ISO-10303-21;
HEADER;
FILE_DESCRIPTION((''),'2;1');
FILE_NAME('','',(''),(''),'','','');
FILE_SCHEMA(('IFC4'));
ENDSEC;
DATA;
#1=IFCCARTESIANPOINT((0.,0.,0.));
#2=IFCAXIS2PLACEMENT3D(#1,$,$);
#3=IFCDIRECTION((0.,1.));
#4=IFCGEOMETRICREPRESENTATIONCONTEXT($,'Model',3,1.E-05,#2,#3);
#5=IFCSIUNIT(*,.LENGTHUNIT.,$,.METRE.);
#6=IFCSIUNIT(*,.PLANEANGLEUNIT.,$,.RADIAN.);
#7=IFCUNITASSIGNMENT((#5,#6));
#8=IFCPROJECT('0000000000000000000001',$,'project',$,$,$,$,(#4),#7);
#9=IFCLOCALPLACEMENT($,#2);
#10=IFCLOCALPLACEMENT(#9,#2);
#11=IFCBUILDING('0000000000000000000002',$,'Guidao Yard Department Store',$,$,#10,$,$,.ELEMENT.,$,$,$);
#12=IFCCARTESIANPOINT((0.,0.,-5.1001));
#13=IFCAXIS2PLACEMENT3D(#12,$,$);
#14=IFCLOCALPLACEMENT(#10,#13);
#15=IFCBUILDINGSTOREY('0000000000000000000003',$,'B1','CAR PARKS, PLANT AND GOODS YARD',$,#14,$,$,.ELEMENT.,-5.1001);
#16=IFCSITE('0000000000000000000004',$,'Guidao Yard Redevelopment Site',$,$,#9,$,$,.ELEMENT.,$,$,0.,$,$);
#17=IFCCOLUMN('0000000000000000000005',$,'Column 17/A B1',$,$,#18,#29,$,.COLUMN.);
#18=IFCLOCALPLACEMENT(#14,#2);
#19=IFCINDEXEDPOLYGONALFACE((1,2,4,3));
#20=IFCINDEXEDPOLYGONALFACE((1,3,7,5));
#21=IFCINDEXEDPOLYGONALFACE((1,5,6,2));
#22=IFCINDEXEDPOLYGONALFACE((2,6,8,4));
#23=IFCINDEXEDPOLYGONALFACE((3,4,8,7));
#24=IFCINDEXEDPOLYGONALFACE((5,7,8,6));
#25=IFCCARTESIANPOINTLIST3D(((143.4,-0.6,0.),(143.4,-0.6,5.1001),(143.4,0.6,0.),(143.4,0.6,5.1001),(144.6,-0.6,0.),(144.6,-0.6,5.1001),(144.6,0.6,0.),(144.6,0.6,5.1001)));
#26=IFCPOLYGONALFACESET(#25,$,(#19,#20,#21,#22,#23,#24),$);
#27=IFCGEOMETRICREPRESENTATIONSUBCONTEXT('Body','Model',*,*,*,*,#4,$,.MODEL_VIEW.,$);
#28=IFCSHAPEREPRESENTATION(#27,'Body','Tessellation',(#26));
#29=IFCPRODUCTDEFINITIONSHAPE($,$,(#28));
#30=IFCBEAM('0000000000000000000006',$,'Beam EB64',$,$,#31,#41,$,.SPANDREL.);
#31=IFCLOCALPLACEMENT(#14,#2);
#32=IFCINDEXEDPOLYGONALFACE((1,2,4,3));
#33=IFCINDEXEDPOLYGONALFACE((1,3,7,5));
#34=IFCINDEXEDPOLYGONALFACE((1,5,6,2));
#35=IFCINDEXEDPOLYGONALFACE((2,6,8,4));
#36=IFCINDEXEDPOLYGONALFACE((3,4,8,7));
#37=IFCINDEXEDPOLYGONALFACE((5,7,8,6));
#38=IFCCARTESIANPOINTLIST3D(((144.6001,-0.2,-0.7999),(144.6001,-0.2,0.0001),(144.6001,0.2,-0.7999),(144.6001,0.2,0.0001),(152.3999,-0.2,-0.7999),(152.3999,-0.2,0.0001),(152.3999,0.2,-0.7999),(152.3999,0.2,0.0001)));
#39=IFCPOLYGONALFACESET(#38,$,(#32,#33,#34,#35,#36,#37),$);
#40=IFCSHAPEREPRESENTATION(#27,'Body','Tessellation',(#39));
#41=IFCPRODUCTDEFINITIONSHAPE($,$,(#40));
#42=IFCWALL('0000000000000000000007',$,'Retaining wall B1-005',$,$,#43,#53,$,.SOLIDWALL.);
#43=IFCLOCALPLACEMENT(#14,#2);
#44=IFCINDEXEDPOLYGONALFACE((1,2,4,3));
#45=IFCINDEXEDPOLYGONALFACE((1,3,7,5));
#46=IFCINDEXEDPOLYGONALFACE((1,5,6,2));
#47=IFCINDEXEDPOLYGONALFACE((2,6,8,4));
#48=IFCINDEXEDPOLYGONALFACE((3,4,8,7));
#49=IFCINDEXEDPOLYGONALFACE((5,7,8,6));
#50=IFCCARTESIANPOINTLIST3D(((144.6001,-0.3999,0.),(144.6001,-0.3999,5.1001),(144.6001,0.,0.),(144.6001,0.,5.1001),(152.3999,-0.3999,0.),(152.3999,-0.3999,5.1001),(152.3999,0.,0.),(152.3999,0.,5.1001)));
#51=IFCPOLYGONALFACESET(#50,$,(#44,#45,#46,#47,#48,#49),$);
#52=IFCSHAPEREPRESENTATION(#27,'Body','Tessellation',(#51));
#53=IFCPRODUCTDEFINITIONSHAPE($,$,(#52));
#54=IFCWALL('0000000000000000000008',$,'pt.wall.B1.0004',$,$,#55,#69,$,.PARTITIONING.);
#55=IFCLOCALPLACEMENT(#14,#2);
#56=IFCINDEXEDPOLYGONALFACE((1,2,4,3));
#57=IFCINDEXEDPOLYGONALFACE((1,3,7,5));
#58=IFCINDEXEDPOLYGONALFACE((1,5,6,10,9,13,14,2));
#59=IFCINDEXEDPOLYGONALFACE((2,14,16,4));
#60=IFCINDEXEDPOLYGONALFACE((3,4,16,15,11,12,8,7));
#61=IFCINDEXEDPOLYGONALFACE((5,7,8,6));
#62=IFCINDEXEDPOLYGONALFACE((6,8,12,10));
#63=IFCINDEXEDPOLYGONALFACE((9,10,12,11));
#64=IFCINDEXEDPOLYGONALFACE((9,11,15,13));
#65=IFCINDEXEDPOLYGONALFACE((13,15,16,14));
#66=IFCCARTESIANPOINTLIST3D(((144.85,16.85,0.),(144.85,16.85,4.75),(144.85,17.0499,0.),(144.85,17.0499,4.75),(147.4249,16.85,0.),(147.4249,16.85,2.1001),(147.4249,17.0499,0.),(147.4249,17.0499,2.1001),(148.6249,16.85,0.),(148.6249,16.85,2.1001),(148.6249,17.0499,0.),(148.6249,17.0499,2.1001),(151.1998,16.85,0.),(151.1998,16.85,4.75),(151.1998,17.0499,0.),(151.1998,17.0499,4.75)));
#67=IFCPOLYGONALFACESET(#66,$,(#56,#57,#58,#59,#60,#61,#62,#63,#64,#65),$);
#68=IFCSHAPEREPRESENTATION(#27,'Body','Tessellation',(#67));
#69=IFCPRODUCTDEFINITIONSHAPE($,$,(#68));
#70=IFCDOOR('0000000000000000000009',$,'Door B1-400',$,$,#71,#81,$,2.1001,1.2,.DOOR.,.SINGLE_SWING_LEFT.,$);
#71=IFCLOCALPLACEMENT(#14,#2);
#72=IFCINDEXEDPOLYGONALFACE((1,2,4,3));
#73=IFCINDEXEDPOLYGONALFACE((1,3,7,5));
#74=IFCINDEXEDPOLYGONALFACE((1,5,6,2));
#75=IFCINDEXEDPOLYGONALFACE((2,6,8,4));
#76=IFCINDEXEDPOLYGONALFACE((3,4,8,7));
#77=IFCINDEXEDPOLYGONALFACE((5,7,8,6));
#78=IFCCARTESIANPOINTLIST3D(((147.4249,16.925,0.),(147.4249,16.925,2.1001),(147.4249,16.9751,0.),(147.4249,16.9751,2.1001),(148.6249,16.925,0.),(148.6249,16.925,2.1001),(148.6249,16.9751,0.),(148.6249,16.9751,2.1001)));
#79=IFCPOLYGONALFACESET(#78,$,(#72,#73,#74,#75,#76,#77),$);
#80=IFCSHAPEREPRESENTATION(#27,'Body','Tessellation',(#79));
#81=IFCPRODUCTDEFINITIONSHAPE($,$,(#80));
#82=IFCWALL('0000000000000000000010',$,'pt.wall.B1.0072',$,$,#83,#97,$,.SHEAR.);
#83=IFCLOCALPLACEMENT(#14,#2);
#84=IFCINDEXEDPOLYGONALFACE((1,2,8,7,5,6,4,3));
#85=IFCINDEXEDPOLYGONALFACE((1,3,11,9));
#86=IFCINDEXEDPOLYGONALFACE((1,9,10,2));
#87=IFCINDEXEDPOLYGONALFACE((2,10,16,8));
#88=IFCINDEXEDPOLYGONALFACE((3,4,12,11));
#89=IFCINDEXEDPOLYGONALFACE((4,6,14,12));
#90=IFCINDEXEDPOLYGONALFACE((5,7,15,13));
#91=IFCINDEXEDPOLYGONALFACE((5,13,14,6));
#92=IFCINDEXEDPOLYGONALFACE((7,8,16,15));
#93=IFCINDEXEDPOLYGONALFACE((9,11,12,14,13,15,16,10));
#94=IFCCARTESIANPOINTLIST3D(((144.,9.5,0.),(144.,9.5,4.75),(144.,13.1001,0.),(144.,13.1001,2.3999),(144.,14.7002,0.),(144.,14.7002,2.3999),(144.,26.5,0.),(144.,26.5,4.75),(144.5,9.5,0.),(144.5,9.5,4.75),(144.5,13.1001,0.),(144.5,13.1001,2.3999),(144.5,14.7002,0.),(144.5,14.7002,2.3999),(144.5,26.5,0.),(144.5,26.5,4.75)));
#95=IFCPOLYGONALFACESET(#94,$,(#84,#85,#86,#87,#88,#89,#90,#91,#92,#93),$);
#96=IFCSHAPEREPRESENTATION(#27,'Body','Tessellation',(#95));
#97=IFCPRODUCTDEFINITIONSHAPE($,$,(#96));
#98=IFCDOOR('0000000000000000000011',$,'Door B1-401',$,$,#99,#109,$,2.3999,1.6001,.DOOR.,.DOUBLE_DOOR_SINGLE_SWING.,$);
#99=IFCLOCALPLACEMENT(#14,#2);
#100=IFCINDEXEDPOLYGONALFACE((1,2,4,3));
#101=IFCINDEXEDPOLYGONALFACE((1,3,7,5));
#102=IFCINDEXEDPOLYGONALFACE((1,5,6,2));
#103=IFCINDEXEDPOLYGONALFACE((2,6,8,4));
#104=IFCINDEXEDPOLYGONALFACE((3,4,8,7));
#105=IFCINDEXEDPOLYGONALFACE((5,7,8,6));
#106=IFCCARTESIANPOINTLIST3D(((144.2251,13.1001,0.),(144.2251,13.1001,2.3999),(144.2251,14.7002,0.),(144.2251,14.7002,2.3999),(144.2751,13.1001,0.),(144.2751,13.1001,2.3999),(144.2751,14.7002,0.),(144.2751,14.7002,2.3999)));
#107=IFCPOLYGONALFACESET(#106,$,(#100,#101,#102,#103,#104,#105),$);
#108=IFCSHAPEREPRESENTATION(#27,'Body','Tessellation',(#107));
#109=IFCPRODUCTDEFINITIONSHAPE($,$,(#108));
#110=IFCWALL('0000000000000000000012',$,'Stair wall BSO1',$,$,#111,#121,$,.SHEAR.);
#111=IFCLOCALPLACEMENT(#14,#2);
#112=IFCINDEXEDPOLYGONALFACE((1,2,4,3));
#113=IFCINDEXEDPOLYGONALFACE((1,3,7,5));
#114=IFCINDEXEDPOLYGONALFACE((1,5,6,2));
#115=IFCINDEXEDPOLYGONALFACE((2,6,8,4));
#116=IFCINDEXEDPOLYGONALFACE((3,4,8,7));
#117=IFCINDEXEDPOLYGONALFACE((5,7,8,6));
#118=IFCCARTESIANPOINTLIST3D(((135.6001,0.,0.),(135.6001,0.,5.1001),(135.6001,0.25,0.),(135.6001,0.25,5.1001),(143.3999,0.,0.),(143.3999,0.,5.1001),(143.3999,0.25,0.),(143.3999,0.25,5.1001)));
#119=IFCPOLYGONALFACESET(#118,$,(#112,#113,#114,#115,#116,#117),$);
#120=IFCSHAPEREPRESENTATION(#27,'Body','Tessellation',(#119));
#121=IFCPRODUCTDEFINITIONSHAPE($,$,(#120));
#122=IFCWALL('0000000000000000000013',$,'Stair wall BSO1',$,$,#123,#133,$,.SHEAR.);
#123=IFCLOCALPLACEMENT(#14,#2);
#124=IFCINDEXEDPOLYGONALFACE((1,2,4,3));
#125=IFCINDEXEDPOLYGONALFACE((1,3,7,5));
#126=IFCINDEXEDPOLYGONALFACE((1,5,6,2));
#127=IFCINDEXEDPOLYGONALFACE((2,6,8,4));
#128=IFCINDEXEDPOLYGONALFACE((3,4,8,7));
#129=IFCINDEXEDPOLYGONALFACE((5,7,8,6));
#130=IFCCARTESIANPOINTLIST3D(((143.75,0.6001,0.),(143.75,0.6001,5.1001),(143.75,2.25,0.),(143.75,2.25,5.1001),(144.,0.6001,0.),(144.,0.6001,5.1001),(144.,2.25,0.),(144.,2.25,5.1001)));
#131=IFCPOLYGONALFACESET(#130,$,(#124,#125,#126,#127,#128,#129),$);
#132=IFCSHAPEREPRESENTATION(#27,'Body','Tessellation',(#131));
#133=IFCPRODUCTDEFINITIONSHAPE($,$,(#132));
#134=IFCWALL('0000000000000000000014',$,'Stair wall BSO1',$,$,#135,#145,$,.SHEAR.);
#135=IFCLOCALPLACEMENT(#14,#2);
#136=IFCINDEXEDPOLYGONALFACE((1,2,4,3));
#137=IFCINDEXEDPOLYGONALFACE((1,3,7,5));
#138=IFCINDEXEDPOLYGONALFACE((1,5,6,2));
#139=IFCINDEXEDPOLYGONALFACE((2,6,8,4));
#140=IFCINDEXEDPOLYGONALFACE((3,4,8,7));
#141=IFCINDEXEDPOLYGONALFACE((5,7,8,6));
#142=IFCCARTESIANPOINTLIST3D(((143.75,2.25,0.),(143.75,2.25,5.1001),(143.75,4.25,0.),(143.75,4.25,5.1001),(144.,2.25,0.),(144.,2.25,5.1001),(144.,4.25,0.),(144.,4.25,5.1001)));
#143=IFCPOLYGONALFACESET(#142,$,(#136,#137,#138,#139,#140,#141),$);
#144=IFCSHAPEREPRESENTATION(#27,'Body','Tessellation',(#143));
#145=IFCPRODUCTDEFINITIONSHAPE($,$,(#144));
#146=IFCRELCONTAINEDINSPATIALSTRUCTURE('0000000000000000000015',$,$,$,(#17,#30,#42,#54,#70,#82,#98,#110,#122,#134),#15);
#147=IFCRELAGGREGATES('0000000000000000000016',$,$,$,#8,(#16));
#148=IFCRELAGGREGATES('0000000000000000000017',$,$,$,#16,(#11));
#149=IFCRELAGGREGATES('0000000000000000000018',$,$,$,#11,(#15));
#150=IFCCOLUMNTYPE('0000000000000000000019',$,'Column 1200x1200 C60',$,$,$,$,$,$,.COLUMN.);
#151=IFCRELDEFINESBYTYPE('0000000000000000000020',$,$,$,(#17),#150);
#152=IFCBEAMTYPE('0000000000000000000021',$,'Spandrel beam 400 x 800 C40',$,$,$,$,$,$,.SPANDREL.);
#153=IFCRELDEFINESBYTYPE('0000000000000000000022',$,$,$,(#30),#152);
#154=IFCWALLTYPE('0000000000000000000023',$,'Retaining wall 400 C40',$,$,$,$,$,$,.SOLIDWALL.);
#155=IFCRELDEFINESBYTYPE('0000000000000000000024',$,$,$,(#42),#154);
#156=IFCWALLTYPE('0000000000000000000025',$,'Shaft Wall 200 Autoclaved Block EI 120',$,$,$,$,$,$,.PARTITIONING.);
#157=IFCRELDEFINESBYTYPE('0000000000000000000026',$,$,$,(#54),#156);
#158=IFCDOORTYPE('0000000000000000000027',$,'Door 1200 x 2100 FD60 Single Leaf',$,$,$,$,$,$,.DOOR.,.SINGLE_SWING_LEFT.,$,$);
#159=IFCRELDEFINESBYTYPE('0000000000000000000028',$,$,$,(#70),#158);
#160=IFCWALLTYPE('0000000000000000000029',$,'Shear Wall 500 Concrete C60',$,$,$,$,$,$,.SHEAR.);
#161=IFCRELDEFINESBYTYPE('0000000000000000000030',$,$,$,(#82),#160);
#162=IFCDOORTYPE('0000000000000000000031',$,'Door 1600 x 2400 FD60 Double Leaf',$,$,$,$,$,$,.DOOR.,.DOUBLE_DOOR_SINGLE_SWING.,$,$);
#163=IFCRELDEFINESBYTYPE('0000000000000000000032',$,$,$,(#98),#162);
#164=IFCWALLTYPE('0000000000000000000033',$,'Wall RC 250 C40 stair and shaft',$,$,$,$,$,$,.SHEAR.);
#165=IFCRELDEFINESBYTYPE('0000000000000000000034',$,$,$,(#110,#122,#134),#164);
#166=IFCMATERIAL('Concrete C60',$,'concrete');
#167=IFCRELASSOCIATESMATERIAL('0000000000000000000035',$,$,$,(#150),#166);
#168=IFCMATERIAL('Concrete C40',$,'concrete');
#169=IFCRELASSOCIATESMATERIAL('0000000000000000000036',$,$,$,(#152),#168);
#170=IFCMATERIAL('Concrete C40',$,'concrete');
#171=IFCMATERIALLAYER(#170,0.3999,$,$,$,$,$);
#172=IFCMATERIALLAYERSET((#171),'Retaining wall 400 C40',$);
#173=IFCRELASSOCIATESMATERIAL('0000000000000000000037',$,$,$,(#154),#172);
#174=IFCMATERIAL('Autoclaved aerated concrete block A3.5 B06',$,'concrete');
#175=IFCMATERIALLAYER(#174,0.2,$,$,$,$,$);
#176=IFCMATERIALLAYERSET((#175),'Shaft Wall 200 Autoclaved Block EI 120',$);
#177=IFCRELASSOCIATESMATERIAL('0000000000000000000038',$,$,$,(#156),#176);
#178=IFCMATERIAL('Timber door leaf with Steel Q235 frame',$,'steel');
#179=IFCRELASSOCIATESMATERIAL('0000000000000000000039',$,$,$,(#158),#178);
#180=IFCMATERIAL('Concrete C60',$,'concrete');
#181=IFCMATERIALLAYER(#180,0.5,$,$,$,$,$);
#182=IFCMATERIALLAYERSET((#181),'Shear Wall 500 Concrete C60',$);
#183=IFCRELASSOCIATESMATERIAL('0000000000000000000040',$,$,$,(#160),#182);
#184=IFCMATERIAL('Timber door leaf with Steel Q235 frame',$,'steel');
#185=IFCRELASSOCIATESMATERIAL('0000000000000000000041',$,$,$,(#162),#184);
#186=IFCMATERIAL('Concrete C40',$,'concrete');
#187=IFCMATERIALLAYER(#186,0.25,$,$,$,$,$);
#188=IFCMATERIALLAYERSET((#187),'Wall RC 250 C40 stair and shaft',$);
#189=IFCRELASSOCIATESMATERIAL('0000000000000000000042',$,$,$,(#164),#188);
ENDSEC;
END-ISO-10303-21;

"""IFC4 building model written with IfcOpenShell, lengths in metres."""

from ifc_helpers import new_model, si_unit, direction, frame, frame_2d, origin, origin_2d, place, context, subcontext, project, spatial, rectangle, extrude, material, layer, layer_set, material_profile, profile_set, type_object, element, fill, save


model = new_model("IFC4")

# Units and contexts
model_context = context("Model", 3, precision=1e-05, world=origin(), true_north=direction((0.0, 1.0)))
body_context = subcontext(model_context, "Body", "Model", "MODEL_VIEW")
ifc_project = project(units=[si_unit("LENGTHUNIT", "METRE"), si_unit("PLANEANGLEUNIT", "RADIAN")], contexts=[model_context])

# Site, building, storey
site_placement = place(None, origin())
site = spatial("IfcSite", under=ifc_project, at=site_placement, Name="Guidao Yard Redevelopment Site", CompositionType="ELEMENT", RefElevation=0.0)
building_placement = place(site_placement, origin())
building = spatial("IfcBuilding", under=site, at=building_placement, Name="Guidao Yard Department Store", CompositionType="ELEMENT")
storey_placement = place(building_placement, frame((0.0, 0.0, -5.1001)))
storey = spatial("IfcBuildingStorey", under=building, at=storey_placement, Name="B1", Description="CAR PARKS, PLANT AND GOODS YARD", CompositionType="ELEMENT", Elevation=-5.1001)

# Column
ifc_material_1 = material(Name="Concrete C60", Category="concrete")
ifc_material_profile_1 = material_profile(ifc_material_1, rectangle(XDim=1.2, YDim=1.2, at=origin_2d()), Name="COL 1200x1200")
ifc_profile_set_1 = profile_set([ifc_material_profile_1], Name="Concrete C60")
column_type = type_object("IfcColumnType", Name="Column 1200x1200 C60", PredefinedType="COLUMN", material=ifc_profile_set_1)
column_placement = place(storey_placement, frame((144.0, 0.0, 0.0), z_axis=(0.0, 0.0, 1.0), x_axis=(1.0, 0.0, 0.0)))
element("IfcColumn", 1, at=column_placement, inside=storey, type_object=column_type, Name="Column 17/A B1", PredefinedType="COLUMN", context=body_context, shape_type="SweptSolid", body=[
    extrude(rectangle(XDim=1.2, YDim=1.2, at=origin_2d()), origin(), (0.0, 0.0, 1.0), 5.1001),
])

# Beam
ifc_material_2 = material(Name="Concrete C40", Category="concrete")
ifc_material_profile_2 = material_profile(ifc_material_2, rectangle(XDim=0.3999, YDim=0.8, at=origin_2d()), Name="Spandrel beam 400 x 800 C40")
ifc_profile_set_2 = profile_set([ifc_material_profile_2], Name="Concrete C40")
beam_type = type_object("IfcBeamType", Name="Spandrel beam 400 x 800 C40", PredefinedType="SPANDREL", material=ifc_profile_set_2)
beam_placement = place(storey_placement, frame((144.6001, 0.0, -0.3999), z_axis=(1.0, 0.0, 0.0), x_axis=(0.0, 1.0, 0.0)))
element("IfcBeam", 2, at=beam_placement, inside=storey, type_object=beam_type, Name="Beam EB64", PredefinedType="SPANDREL", context=body_context, shape_type="SweptSolid", body=[
    extrude(rectangle(XDim=0.3999, YDim=0.8, at=origin_2d()), origin(), (0.0, 0.0, 1.0), 7.7998),
])

# Wall
ifc_material_3 = material(Name="Concrete C40", Category="concrete")
ifc_layer_1 = layer(ifc_material_3, 0.3999)
ifc_layer_set_1 = layer_set([ifc_layer_1], Name="Retaining wall 400 C40")
wall_type_1 = type_object("IfcWallType", Name="Retaining wall 400 C40", PredefinedType="SOLIDWALL", material=ifc_layer_set_1)
wall_1_placement = place(storey_placement, frame((144.6001, -0.2, 0.0), z_axis=(0.0, 0.0, 1.0), x_axis=(1.0, 0.0, 0.0)))
element("IfcWall", 3, at=wall_1_placement, inside=storey, type_object=wall_type_1, Name="Retaining wall B1-005", PredefinedType="SOLIDWALL", context=body_context, shape_type="SweptSolid", body=[
    extrude(rectangle(XDim=7.7998, YDim=0.3999, at=frame_2d((3.8999, 0.0))), origin(), (0.0, 0.0, 1.0), 5.1001),
])

# Walls, openings, doors
ifc_material_4 = material(Name="Autoclaved aerated concrete block A3.5 B06", Category="concrete")
ifc_layer_2 = layer(ifc_material_4, 0.2)
ifc_layer_set_2 = layer_set([ifc_layer_2], Name="Shaft Wall 200 Autoclaved Block EI 120")
wall_type_2 = type_object("IfcWallType", Name="Shaft Wall 200 Autoclaved Block EI 120", PredefinedType="PARTITIONING", material=ifc_layer_set_2)
wall_2_placement = place(storey_placement, frame((144.8501, 16.95, 0.0), z_axis=(0.0, 0.0, 1.0), x_axis=(1.0, 0.0, 0.0)))
wall_2 = element("IfcWall", 4, at=wall_2_placement, inside=storey, type_object=wall_type_2, Name="pt.wall.B1.0004", PredefinedType="PARTITIONING", context=body_context, shape_type="SweptSolid", body=[
    extrude(rectangle(XDim=6.3499, YDim=0.2, at=frame_2d((3.1748, 0.0))), origin(), (0.0, 0.0, 1.0), 4.75),
])
opening_1_placement = place(wall_2_placement, frame((3.7749, 0.0, 0.0), z_axis=(0.0, 0.0, 1.0), x_axis=(-1.0, 0.0, 0.0)))
opening_1 = element("IfcOpeningElement", 5, at=opening_1_placement, cuts=wall_2, PredefinedType="OPENING", context=body_context, shape_type="SweptSolid", body=[
    extrude(rectangle(XDim=1.2, YDim=2.1001, at=frame_2d((0.6001, 1.05))), frame((0.0, 0.1099, 0.0), z_axis=(0.0, -1.0, 0.0), x_axis=(1.0, 0.0, 0.0)), (0.0, 0.0, 1.0), 0.22),
])
ifc_material_5 = material(Name="Timber door leaf with Steel Q235 frame", Category="steel")
door_type_1 = type_object("IfcDoorType", Name="Door 1200 x 2100 FD60 Single Leaf", OperationType="SINGLE_SWING_LEFT", PredefinedType="DOOR", material=ifc_material_5)
door_1_placement = place(opening_1_placement, origin())
door_1 = element("IfcDoor", 6, at=door_1_placement, inside=storey, type_object=door_type_1, Name="Door B1-400", OperationType="SINGLE_SWING_LEFT", OverallHeight=2.1001, OverallWidth=1.2, PredefinedType="DOOR", context=body_context, shape_type="SweptSolid", body=[
    extrude(rectangle(XDim=1.2, YDim=2.1001, at=frame_2d((0.6001, 1.05))), frame((0.0, 0.0249, 0.0), z_axis=(0.0, -1.0, 0.0), x_axis=(1.0, 0.0, 0.0)), (0.0, 0.0, 1.0), 0.05),
])
fill(opening_1, door_1)
ifc_material_6 = material(Name="Concrete C60", Category="concrete")
ifc_layer_3 = layer(ifc_material_6, 0.5)
ifc_layer_set_3 = layer_set([ifc_layer_3], Name="Shear Wall 500 Concrete C60")
wall_type_3 = type_object("IfcWallType", Name="Shear Wall 500 Concrete C60", PredefinedType="SHEAR", material=ifc_layer_set_3)
wall_3_placement = place(storey_placement, frame((144.25, 9.5, 0.0), z_axis=(0.0, 0.0, 1.0), x_axis=(0.0, 1.0, 0.0)))
wall_3 = element("IfcWall", 7, at=wall_3_placement, inside=storey, type_object=wall_type_3, Name="pt.wall.B1.0072", PredefinedType="SHEAR", context=body_context, shape_type="SweptSolid", body=[
    extrude(rectangle(XDim=17.0, YDim=0.5, at=frame_2d((8.5, 0.0))), origin(), (0.0, 0.0, 1.0), 4.75),
])
opening_2_placement = place(wall_3_placement, frame((3.6001, 0.0, 0.0)))
opening_2 = element("IfcOpeningElement", 8, at=opening_2_placement, cuts=wall_3, PredefinedType="OPENING", context=body_context, shape_type="SweptSolid", body=[
    extrude(rectangle(XDim=1.6001, YDim=2.3999, at=frame_2d((0.8, 1.2))), frame((0.0, 0.26, 0.0), z_axis=(0.0, -1.0, 0.0), x_axis=(1.0, 0.0, 0.0)), (0.0, 0.0, 1.0), 0.52),
])
ifc_material_7 = material(Name="Timber door leaf with Steel Q235 frame", Category="steel")
door_type_2 = type_object("IfcDoorType", Name="Door 1600 x 2400 FD60 Double Leaf", OperationType="DOUBLE_DOOR_SINGLE_SWING", PredefinedType="DOOR", material=ifc_material_7)
door_2_placement = place(opening_2_placement, origin())
door_2 = element("IfcDoor", 9, at=door_2_placement, inside=storey, type_object=door_type_2, Name="Door B1-401", OperationType="DOUBLE_DOOR_SINGLE_SWING", OverallHeight=2.3999, OverallWidth=1.6001, PredefinedType="DOOR", context=body_context, shape_type="SweptSolid", body=[
    extrude(rectangle(XDim=1.6001, YDim=2.3999, at=frame_2d((0.8, 1.2))), frame((0.0, 0.0249, 0.0), z_axis=(0.0, -1.0, 0.0), x_axis=(1.0, 0.0, 0.0)), (0.0, 0.0, 1.0), 0.05),
])
fill(opening_2, door_2)

# Walls
ifc_material_8 = material(Name="Concrete C40", Category="concrete")
ifc_layer_4 = layer(ifc_material_8, 0.25)
ifc_layer_set_4 = layer_set([ifc_layer_4], Name="Wall RC 250 C40 stair and shaft")
wall_type_4 = type_object("IfcWallType", Name="Wall RC 250 C40 stair and shaft", PredefinedType="SHEAR", material=ifc_layer_set_4)
wall_4_placement = place(storey_placement, frame((135.6001, 0.125, 0.0), z_axis=(0.0, 0.0, 1.0), x_axis=(1.0, 0.0, 0.0)))
element("IfcWall", 10, at=wall_4_placement, inside=storey, type_object=wall_type_4, Name="Stair wall BSO1", PredefinedType="SHEAR", context=body_context, shape_type="SweptSolid", body=[
    extrude(rectangle(XDim=7.7998, YDim=0.25, at=frame_2d((3.8999, 0.0))), origin(), (0.0, 0.0, 1.0), 5.1001),
])
wall_5_placement = place(storey_placement, frame((143.875, 0.6001, 0.0), z_axis=(0.0, 0.0, 1.0), x_axis=(0.0, 1.0, 0.0)))
element("IfcWall", 11, at=wall_5_placement, inside=storey, type_object=wall_type_4, Name="Stair wall BSO1", PredefinedType="SHEAR", context=body_context, shape_type="SweptSolid", body=[
    extrude(rectangle(XDim=1.6499, YDim=0.25, at=frame_2d((0.825, 0.0))), origin(), (0.0, 0.0, 1.0), 5.1001),
])
wall_6_placement = place(storey_placement, frame((143.875, 2.25, 0.0), z_axis=(0.0, 0.0, 1.0), x_axis=(0.0, 1.0, 0.0)))
element("IfcWall", 12, at=wall_6_placement, inside=storey, type_object=wall_type_4, Name="Stair wall BSO1", PredefinedType="SHEAR", context=body_context, shape_type="SweptSolid", body=[
    extrude(rectangle(XDim=2.0, YDim=0.25, at=frame_2d((1.0, 0.0))), origin(), (0.0, 0.0, 1.0), 5.1001),
])

save(model, "model.ifc")
